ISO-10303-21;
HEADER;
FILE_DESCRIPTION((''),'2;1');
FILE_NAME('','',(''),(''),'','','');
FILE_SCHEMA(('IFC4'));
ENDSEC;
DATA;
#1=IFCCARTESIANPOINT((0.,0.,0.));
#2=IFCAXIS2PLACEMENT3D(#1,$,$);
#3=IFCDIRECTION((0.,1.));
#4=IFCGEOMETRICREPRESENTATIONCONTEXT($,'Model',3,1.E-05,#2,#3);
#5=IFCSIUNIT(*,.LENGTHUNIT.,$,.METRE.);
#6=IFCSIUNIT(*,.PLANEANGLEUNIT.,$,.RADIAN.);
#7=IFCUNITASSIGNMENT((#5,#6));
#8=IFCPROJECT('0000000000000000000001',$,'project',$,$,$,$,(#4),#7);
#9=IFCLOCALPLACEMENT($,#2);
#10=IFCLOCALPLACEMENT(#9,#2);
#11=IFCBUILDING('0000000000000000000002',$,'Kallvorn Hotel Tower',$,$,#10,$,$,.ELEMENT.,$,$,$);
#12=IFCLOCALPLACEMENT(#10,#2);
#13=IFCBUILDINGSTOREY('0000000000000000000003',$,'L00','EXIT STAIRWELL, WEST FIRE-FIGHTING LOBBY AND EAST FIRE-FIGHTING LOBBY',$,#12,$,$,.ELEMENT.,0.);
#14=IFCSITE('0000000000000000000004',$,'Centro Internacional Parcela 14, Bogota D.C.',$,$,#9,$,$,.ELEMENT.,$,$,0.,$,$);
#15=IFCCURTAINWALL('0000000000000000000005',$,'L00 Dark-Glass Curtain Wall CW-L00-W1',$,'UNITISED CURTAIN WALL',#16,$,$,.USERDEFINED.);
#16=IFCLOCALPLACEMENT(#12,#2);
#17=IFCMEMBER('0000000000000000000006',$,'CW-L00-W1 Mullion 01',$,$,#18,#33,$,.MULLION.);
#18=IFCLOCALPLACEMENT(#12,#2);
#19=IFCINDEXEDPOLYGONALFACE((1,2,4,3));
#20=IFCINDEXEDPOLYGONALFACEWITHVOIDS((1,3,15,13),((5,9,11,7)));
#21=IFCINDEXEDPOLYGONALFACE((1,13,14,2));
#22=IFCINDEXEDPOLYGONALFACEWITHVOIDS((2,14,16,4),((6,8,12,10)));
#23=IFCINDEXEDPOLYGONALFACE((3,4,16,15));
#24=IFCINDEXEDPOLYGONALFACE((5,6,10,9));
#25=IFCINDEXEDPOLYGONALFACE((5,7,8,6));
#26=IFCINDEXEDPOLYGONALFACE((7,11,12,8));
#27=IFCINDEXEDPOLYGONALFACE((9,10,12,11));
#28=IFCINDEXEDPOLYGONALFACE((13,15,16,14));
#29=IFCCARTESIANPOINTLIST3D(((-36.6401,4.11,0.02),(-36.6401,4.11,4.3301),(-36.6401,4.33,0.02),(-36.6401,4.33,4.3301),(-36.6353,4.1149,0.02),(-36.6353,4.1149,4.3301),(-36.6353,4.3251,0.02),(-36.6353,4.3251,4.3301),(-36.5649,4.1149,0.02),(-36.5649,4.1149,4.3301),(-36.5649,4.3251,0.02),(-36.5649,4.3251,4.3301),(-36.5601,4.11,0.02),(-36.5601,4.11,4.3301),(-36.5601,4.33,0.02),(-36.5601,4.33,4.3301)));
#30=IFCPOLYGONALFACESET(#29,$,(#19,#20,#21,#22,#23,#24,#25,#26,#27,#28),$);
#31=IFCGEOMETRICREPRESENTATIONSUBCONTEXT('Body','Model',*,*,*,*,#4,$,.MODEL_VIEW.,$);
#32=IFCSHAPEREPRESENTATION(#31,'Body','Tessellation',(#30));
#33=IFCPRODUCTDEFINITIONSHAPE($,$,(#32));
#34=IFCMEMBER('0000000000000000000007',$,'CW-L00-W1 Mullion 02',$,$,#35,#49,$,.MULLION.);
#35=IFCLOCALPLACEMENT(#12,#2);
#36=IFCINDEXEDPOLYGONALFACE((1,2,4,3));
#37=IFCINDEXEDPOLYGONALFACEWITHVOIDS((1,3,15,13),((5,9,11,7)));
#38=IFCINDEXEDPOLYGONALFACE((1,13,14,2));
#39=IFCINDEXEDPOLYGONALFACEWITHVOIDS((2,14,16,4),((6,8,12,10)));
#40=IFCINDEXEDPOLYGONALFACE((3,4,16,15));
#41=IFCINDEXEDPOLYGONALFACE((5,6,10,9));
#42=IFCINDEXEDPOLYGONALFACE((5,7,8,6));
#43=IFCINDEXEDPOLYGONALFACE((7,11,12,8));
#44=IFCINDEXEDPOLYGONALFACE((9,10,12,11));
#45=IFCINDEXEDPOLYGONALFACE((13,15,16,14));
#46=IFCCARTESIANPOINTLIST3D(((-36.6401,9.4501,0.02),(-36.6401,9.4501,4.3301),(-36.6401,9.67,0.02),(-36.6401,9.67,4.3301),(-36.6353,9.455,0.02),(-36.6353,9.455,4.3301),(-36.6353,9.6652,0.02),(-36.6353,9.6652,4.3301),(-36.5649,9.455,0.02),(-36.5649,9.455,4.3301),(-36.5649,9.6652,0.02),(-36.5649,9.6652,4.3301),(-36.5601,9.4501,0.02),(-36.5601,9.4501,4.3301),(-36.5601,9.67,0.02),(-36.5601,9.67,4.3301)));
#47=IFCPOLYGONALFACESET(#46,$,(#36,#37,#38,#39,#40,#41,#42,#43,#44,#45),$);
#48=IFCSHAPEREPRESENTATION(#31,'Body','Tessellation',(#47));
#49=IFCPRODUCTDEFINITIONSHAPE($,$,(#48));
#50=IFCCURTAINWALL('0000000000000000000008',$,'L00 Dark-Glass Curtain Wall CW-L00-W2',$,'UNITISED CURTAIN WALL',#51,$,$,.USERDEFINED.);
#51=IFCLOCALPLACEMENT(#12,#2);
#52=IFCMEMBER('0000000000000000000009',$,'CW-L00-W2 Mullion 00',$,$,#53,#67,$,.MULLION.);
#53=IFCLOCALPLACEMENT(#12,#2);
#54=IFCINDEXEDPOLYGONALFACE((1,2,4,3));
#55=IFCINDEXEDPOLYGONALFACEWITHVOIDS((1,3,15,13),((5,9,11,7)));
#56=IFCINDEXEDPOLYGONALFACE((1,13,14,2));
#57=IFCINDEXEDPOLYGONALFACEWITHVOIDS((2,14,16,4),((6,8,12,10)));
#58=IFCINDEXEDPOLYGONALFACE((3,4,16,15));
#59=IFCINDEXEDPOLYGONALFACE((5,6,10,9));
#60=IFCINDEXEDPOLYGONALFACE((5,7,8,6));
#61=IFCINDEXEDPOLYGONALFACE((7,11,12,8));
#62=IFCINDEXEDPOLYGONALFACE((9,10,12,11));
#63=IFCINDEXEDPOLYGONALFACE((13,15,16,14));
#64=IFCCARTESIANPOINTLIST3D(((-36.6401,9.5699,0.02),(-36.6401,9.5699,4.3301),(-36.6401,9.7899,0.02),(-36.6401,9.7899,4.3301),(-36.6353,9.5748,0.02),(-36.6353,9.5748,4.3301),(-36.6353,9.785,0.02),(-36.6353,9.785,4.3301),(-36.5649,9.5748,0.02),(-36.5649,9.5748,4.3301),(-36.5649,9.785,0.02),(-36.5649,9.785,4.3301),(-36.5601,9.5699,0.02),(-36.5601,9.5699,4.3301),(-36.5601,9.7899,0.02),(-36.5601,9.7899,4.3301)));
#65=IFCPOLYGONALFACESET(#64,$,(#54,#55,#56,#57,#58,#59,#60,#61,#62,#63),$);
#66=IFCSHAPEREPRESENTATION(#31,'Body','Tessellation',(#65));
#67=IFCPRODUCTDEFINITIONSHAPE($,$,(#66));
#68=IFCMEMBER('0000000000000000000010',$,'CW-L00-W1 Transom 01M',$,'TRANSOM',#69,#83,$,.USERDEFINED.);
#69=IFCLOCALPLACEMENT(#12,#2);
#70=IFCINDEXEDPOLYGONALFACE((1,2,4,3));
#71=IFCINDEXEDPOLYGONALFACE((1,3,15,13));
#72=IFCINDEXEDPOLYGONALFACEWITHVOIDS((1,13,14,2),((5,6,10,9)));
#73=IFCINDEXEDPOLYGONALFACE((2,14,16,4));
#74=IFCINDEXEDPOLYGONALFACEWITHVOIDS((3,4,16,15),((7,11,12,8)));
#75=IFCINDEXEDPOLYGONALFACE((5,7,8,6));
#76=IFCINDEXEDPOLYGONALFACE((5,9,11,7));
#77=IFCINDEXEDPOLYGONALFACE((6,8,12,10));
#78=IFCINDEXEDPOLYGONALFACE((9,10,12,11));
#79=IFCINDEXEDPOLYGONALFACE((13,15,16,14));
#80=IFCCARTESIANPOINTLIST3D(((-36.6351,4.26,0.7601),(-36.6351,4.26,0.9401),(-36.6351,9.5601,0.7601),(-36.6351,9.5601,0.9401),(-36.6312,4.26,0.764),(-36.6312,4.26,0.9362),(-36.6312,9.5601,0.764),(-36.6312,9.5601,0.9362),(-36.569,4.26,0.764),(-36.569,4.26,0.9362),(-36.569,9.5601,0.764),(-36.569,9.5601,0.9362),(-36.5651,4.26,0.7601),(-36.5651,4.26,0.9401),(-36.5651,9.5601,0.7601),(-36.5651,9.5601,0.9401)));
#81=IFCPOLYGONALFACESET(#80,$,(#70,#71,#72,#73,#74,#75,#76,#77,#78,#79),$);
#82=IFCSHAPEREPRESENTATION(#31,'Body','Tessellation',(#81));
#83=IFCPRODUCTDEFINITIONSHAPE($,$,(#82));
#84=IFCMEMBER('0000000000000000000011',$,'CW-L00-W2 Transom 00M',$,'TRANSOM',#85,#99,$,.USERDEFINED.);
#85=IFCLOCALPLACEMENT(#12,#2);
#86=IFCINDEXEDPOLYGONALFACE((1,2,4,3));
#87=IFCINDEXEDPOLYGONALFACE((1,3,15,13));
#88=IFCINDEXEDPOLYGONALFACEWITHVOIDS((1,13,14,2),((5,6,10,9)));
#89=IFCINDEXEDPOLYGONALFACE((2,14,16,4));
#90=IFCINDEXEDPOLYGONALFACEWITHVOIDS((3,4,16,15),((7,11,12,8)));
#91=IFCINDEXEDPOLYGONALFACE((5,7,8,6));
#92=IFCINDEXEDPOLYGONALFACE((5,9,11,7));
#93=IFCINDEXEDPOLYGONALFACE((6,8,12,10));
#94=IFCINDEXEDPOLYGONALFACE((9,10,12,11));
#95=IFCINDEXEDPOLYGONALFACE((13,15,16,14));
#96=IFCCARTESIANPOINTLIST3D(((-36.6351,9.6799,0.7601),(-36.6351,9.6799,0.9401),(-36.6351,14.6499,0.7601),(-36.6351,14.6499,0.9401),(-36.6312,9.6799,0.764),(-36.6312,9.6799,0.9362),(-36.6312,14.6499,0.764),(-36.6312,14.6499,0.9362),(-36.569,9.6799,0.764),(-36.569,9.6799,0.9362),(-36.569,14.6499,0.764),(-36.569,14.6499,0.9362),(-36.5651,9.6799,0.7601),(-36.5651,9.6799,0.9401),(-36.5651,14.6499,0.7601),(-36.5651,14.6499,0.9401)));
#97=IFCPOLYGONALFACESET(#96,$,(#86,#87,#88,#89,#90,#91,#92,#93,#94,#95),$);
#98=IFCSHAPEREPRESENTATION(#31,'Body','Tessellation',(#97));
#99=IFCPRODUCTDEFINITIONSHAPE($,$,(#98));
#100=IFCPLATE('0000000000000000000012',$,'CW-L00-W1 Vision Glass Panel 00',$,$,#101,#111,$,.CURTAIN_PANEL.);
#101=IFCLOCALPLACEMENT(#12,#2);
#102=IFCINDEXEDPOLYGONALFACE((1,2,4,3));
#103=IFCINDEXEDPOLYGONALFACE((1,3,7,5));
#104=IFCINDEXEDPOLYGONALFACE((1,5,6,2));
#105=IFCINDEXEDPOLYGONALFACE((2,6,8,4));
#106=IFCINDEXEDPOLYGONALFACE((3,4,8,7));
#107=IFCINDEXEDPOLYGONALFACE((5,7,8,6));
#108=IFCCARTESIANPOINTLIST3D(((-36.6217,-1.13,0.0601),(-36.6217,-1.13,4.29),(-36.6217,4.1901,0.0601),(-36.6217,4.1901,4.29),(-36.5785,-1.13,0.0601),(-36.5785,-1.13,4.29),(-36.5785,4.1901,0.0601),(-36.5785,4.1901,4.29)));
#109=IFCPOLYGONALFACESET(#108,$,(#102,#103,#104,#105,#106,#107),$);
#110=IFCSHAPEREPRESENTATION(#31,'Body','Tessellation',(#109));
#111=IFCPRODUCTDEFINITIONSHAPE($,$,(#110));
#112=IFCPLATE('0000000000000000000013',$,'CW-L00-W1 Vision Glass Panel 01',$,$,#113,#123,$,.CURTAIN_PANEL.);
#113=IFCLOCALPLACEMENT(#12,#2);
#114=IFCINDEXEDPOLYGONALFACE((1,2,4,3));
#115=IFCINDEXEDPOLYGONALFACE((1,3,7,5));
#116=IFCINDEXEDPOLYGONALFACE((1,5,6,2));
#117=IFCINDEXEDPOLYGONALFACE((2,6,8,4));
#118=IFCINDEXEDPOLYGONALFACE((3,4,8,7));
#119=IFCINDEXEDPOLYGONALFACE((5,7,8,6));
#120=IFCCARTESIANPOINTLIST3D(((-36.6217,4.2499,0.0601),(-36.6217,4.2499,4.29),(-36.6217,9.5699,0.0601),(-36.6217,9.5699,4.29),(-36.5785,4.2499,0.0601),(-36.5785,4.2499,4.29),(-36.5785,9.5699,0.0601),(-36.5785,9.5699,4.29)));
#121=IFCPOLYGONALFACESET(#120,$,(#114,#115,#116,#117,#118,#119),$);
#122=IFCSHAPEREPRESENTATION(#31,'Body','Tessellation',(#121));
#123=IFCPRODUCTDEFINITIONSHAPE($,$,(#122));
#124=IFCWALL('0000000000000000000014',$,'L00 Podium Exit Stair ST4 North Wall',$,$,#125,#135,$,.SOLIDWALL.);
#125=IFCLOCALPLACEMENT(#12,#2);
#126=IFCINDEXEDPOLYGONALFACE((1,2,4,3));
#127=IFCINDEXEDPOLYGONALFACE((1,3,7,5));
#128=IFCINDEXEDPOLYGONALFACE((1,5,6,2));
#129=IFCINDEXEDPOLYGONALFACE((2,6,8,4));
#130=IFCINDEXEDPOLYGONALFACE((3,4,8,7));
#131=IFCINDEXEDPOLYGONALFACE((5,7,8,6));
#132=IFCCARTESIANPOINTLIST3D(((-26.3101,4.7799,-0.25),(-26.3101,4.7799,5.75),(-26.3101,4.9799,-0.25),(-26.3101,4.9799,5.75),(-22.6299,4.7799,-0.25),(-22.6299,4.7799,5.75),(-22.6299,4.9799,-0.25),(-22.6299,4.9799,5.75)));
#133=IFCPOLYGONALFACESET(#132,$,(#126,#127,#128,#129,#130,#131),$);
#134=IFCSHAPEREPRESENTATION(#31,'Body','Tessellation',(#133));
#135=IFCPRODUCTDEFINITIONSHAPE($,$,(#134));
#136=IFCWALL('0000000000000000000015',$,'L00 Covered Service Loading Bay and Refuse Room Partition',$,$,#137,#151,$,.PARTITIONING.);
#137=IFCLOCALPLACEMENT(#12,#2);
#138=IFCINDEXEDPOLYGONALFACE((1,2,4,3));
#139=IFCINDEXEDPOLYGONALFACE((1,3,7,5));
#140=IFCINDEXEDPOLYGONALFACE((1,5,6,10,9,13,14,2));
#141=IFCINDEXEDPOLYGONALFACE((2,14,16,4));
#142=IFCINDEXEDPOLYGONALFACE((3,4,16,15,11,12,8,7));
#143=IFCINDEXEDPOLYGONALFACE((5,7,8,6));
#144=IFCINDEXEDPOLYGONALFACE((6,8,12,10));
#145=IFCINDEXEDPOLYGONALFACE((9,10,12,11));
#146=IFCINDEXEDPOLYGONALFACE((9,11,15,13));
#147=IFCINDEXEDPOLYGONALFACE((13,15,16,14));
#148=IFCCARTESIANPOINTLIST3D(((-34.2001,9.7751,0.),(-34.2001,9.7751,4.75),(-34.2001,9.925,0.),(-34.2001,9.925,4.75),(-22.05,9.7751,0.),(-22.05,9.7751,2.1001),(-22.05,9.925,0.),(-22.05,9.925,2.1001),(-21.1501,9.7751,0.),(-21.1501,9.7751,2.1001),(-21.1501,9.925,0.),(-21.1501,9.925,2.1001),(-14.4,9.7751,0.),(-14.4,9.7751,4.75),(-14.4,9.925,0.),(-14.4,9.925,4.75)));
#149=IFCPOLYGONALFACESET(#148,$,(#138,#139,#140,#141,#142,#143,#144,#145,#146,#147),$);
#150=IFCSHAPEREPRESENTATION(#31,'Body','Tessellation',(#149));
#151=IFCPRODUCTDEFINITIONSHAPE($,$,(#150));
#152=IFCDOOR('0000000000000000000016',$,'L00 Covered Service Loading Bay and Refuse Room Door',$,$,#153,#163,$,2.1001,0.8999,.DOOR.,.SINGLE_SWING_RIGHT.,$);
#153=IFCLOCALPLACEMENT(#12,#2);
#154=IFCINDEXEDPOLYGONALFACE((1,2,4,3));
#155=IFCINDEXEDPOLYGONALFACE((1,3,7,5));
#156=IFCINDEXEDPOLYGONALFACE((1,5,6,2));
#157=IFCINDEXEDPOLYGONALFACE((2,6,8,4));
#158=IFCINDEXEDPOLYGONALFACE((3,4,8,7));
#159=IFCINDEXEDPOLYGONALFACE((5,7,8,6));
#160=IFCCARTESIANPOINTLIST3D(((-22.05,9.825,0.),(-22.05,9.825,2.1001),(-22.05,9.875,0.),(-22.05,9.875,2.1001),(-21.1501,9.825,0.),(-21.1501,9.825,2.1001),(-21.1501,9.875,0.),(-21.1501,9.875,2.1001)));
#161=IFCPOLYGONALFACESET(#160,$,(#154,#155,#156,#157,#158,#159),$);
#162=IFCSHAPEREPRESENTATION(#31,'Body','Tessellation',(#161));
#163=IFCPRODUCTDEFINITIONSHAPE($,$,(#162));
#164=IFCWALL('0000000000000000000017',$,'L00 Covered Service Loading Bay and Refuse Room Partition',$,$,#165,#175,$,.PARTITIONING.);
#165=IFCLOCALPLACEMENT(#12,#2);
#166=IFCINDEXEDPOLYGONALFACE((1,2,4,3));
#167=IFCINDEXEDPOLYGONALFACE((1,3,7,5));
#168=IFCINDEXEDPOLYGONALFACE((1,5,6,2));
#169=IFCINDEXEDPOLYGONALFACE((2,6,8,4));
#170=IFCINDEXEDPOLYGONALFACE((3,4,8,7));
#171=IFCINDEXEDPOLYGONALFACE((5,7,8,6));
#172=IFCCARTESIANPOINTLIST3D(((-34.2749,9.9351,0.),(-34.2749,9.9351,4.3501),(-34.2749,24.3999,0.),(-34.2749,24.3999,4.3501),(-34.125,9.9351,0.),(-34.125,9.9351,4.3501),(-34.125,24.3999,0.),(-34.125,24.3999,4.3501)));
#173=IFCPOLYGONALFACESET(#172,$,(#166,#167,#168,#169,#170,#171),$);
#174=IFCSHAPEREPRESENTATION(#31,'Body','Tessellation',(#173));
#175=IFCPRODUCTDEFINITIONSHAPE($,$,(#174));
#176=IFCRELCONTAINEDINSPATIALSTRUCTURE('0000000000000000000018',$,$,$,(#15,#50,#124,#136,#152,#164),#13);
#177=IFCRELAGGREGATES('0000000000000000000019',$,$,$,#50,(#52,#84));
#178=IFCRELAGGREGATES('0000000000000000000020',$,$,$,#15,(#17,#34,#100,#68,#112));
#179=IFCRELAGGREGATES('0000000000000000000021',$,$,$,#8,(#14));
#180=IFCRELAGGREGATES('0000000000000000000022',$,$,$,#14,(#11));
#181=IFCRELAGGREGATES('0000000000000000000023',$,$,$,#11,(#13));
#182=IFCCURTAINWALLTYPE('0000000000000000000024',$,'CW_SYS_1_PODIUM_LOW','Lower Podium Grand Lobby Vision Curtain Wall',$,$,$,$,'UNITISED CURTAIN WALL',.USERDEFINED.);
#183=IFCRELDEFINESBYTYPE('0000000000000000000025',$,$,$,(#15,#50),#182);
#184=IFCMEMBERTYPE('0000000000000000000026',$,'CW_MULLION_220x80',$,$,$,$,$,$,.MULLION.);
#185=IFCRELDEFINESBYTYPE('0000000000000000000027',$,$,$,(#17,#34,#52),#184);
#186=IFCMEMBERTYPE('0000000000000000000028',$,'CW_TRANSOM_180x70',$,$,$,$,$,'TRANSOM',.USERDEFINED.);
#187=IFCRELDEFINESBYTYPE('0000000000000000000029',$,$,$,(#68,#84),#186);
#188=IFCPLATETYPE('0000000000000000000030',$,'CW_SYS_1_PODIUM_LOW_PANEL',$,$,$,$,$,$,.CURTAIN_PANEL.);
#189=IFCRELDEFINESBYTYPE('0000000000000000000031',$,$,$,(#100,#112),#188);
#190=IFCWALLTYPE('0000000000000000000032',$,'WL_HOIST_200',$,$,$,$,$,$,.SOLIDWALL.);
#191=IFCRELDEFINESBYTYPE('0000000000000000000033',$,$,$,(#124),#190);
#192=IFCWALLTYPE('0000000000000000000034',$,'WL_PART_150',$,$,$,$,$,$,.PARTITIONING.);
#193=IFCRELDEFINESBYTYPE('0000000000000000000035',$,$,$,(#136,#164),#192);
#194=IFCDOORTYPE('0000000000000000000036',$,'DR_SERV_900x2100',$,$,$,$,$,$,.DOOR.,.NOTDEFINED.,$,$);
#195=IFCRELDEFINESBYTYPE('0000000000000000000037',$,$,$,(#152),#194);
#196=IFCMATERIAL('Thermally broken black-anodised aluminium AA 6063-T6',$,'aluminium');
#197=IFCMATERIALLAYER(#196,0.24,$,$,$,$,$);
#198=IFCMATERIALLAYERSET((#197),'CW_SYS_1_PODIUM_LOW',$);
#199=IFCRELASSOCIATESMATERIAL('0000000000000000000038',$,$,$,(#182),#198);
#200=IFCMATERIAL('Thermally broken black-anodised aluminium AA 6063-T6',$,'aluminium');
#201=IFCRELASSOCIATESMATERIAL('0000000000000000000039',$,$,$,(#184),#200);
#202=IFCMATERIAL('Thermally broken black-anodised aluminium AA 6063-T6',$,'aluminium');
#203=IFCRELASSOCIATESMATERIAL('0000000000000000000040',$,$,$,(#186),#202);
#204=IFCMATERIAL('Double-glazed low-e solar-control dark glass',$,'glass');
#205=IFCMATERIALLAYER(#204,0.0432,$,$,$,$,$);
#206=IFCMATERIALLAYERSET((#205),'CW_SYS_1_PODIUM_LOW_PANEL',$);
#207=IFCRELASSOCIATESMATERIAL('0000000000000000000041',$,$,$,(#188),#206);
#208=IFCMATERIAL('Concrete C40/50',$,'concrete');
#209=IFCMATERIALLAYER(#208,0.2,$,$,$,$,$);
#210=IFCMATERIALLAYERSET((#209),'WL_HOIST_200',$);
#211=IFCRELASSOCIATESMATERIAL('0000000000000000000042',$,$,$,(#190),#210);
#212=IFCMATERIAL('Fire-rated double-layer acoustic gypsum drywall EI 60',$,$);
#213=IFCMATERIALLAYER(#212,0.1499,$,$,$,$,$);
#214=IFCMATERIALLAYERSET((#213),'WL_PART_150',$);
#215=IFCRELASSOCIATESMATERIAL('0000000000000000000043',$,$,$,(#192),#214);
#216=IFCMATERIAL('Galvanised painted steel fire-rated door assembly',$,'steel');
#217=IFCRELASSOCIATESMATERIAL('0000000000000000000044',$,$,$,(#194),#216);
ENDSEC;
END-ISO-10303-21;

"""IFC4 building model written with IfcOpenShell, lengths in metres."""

from ifc_helpers import new_model, si_unit, direction, frame, frame_2d, origin, origin_2d, place, context, subcontext, project, spatial, rectangle, hollow_rectangle, extrude, material, layer, layer_set, material_profile, profile_set, type_object, element, fill, aggregate, save


model = new_model("IFC4")

# Units and contexts
model_context = context("Model", 3, precision=1e-05, world=origin(), true_north=direction((0.0, 1.0)))
body_context = subcontext(model_context, "Body", "Model", "MODEL_VIEW")
ifc_project = project(units=[si_unit("LENGTHUNIT", "METRE"), si_unit("PLANEANGLEUNIT", "RADIAN")], contexts=[model_context])

# Site, building, storey
site_placement = place(None, origin())
site = spatial("IfcSite", under=ifc_project, at=site_placement, Name="Centro Internacional Parcela 14, Bogota D.C.", CompositionType="ELEMENT", RefElevation=0.0)
building_placement = place(site_placement, origin())
building = spatial("IfcBuilding", under=site, at=building_placement, Name="Kallvorn Hotel Tower", CompositionType="ELEMENT")
storey_placement = place(building_placement, origin())
storey = spatial("IfcBuildingStorey", under=building, at=storey_placement, Name="L00", Description="EXIT STAIRWELL, WEST FIRE-FIGHTING LOBBY AND EAST FIRE-FIGHTING LOBBY", CompositionType="ELEMENT", Elevation=0.0)

# Curtain wall, members
ifc_material_1 = material(Name="Thermally broken black-anodised aluminium AA 6063-T6", Category="aluminium")
ifc_layer_1 = layer(ifc_material_1, 0.24)
ifc_layer_set_1 = layer_set([ifc_layer_1], Name="CW_SYS_1_PODIUM_LOW")
curtain_wall_type = type_object("IfcCurtainWallType", Name="CW_SYS_1_PODIUM_LOW", Description="Lower Podium Grand Lobby Vision Curtain Wall", ElementType="UNITISED CURTAIN WALL", PredefinedType="USERDEFINED", material=ifc_layer_set_1)
curtain_wall_1_placement = place(storey_placement, origin())
curtain_wall_1 = element("IfcCurtainWall", 1, at=curtain_wall_1_placement, inside=storey, type_object=curtain_wall_type, Name="L00 Dark-Glass Curtain Wall CW-L00-W1", ObjectType="UNITISED CURTAIN WALL", PredefinedType="USERDEFINED")
ifc_material_2 = material(Name="Thermally broken black-anodised aluminium AA 6063-T6", Category="aluminium")
ifc_material_profile_1 = material_profile(ifc_material_2, hollow_rectangle(XDim=0.0801, YDim=0.22, WallThickness=0.0049, at=origin_2d()), Name="MUL 220x80")
ifc_profile_set_1 = profile_set([ifc_material_profile_1], Name="Thermally broken black-anodised aluminium AA 6063-T6")
member_type_1 = type_object("IfcMemberType", Name="CW_MULLION_220x80", PredefinedType="MULLION", material=ifc_profile_set_1)
member_1_placement = place(storey_placement, frame((-36.6001, 4.22, 0.02), z_axis=(0.0, 0.0, 1.0), x_axis=(1.0, 0.0, 0.0)))
member_1 = element("IfcMember", 2, at=member_1_placement, type_object=member_type_1, Name="CW-L00-W1 Mullion 01", PredefinedType="MULLION", context=body_context, shape_type="SweptSolid", body=[
    extrude(hollow_rectangle(XDim=0.0801, YDim=0.22, WallThickness=0.0049, at=origin_2d()), origin(), (0.0, 0.0, 1.0), 4.3101),
])
member_2_placement = place(storey_placement, frame((-36.6001, 9.5601, 0.02), z_axis=(0.0, 0.0, 1.0), x_axis=(1.0, 0.0, 0.0)))
member_2 = element("IfcMember", 3, at=member_2_placement, type_object=member_type_1, Name="CW-L00-W1 Mullion 02", PredefinedType="MULLION", context=body_context, shape_type="SweptSolid", body=[
    extrude(hollow_rectangle(XDim=0.0801, YDim=0.22, WallThickness=0.0049, at=origin_2d()), origin(), (0.0, 0.0, 1.0), 4.3101),
])

# Curtain wall, member
curtain_wall_2_placement = place(storey_placement, origin())
curtain_wall_2 = element("IfcCurtainWall", 4, at=curtain_wall_2_placement, inside=storey, type_object=curtain_wall_type, Name="L00 Dark-Glass Curtain Wall CW-L00-W2", ObjectType="UNITISED CURTAIN WALL", PredefinedType="USERDEFINED")
member_3_placement = place(storey_placement, frame((-36.6001, 9.6799, 0.02), z_axis=(0.0, 0.0, 1.0), x_axis=(1.0, 0.0, 0.0)))
member_3 = element("IfcMember", 5, at=member_3_placement, type_object=member_type_1, Name="CW-L00-W2 Mullion 00", PredefinedType="MULLION", context=body_context, shape_type="SweptSolid", body=[
    extrude(hollow_rectangle(XDim=0.0801, YDim=0.22, WallThickness=0.0049, at=origin_2d()), origin(), (0.0, 0.0, 1.0), 4.3101),
])

# Members
ifc_material_3 = material(Name="Thermally broken black-anodised aluminium AA 6063-T6", Category="aluminium")
ifc_material_profile_2 = material_profile(ifc_material_3, hollow_rectangle(XDim=0.0701, YDim=0.1799, WallThickness=0.0039, at=origin_2d()), Name="TRN 180x70")
ifc_profile_set_2 = profile_set([ifc_material_profile_2], Name="Thermally broken black-anodised aluminium AA 6063-T6")
member_type_2 = type_object("IfcMemberType", Name="CW_TRANSOM_180x70", ElementType="TRANSOM", PredefinedType="USERDEFINED", material=ifc_profile_set_2)
member_4_placement = place(storey_placement, frame((-36.6001, 4.26, 0.8501), z_axis=(0.0, 1.0, 0.0), x_axis=(-1.0, 0.0, 0.0)))
member_4 = element("IfcMember", 6, at=member_4_placement, type_object=member_type_2, Name="CW-L00-W1 Transom 01M", ObjectType="TRANSOM", PredefinedType="USERDEFINED", context=body_context, shape_type="SweptSolid", body=[
    extrude(hollow_rectangle(XDim=0.0701, YDim=0.1799, WallThickness=0.0039, at=origin_2d()), origin(), (0.0, 0.0, 1.0), 5.3),
])
member_5_placement = place(storey_placement, frame((-36.6001, 9.6799, 0.8501), z_axis=(0.0, 1.0, 0.0), x_axis=(-1.0, 0.0, 0.0)))
member_5 = element("IfcMember", 7, at=member_5_placement, type_object=member_type_2, Name="CW-L00-W2 Transom 00M", ObjectType="TRANSOM", PredefinedType="USERDEFINED", context=body_context, shape_type="SweptSolid", body=[
    extrude(hollow_rectangle(XDim=0.0701, YDim=0.1799, WallThickness=0.0039, at=origin_2d()), origin(), (0.0, 0.0, 1.0), 4.97),
])
aggregate(curtain_wall_2, [member_3, member_5])

# Plates
ifc_material_4 = material(Name="Double-glazed low-e solar-control dark glass", Category="glass")
ifc_layer_2 = layer(ifc_material_4, 0.0432)
ifc_layer_set_2 = layer_set([ifc_layer_2], Name="CW_SYS_1_PODIUM_LOW_PANEL")
plate_type = type_object("IfcPlateType", Name="CW_SYS_1_PODIUM_LOW_PANEL", PredefinedType="CURTAIN_PANEL", material=ifc_layer_set_2)
plate_1_placement = place(storey_placement, frame((-36.6001, 1.53, 0.0601), z_axis=(0.0, 0.0, 1.0), x_axis=(0.0, 1.0, 0.0)))
plate_1 = element("IfcPlate", 8, at=plate_1_placement, type_object=plate_type, Name="CW-L00-W1 Vision Glass Panel 00", PredefinedType="CURTAIN_PANEL", context=body_context, shape_type="SweptSolid", body=[
    extrude(rectangle(XDim=5.3201, YDim=0.0432, at=origin_2d()), origin(), (0.0, 0.0, 1.0), 4.23),
])
plate_2_placement = place(storey_placement, frame((-36.6001, 6.9099, 0.0601), z_axis=(0.0, 0.0, 1.0), x_axis=(0.0, 1.0, 0.0)))
plate_2 = element("IfcPlate", 9, at=plate_2_placement, type_object=plate_type, Name="CW-L00-W1 Vision Glass Panel 01", PredefinedType="CURTAIN_PANEL", context=body_context, shape_type="SweptSolid", body=[
    extrude(rectangle(XDim=5.3201, YDim=0.0432, at=origin_2d()), origin(), (0.0, 0.0, 1.0), 4.23),
])
aggregate(curtain_wall_1, [member_1, member_2, plate_1, member_4, plate_2])

# Wall
ifc_material_5 = material(Name="Concrete C40/50", Category="concrete")
ifc_layer_3 = layer(ifc_material_5, 0.2)
ifc_layer_set_3 = layer_set([ifc_layer_3], Name="WL_HOIST_200")
wall_type_1 = type_object("IfcWallType", Name="WL_HOIST_200", PredefinedType="SOLIDWALL", material=ifc_layer_set_3)
wall_1_placement = place(storey_placement, frame((-26.3101, 4.8799, -0.25), z_axis=(0.0, 0.0, 1.0), x_axis=(1.0, 0.0, 0.0)))
element("IfcWall", 10, at=wall_1_placement, inside=storey, type_object=wall_type_1, Name="L00 Podium Exit Stair ST4 North Wall", PredefinedType="SOLIDWALL", context=body_context, shape_type="SweptSolid", body=[
    extrude(rectangle(XDim=3.6802, YDim=0.2, at=frame_2d((1.8401, 0.0))), origin(), (0.0, 0.0, 1.0), 6.0),
])

# Wall, opening, door
ifc_material_6 = material(Name="Fire-rated double-layer acoustic gypsum drywall EI 60")
ifc_layer_4 = layer(ifc_material_6, 0.1499)
ifc_layer_set_4 = layer_set([ifc_layer_4], Name="WL_PART_150")
wall_type_2 = type_object("IfcWallType", Name="WL_PART_150", PredefinedType="PARTITIONING", material=ifc_layer_set_4)
wall_2_placement = place(storey_placement, frame((-34.2, 9.8501, 0.0), z_axis=(0.0, 0.0, 1.0), x_axis=(1.0, 0.0, 0.0)))
wall_2 = element("IfcWall", 11, at=wall_2_placement, inside=storey, type_object=wall_type_2, Name="L00 Covered Service Loading Bay and Refuse Room Partition", PredefinedType="PARTITIONING", context=body_context, shape_type="SweptSolid", body=[
    extrude(rectangle(XDim=19.8, YDim=0.1499, at=frame_2d((9.8999, 0.0))), origin(), (0.0, 0.0, 1.0), 4.75),
])
opening_placement = place(wall_2_placement, frame((12.1499, 0.0, 0.0)))
opening = element("IfcOpeningElement", 12, at=opening_placement, cuts=wall_2, PredefinedType="OPENING", context=body_context, shape_type="SweptSolid", body=[
    extrude(rectangle(XDim=0.8999, YDim=2.1001, at=frame_2d((0.45, 1.05))), frame((0.0, 0.0898, 0.0), z_axis=(0.0, -1.0, 0.0), x_axis=(1.0, 0.0, 0.0)), (0.0, 0.0, 1.0), 0.1799),
])
ifc_material_7 = material(Name="Galvanised painted steel fire-rated door assembly", Category="steel")
door_type = type_object("IfcDoorType", Name="DR_SERV_900x2100", OperationType="NOTDEFINED", PredefinedType="DOOR", material=ifc_material_7)
door_placement = place(opening_placement, origin())
door = element("IfcDoor", 13, at=door_placement, inside=storey, type_object=door_type, Name="L00 Covered Service Loading Bay and Refuse Room Door", OperationType="SINGLE_SWING_RIGHT", OverallHeight=2.1001, OverallWidth=0.8999, PredefinedType="DOOR", context=body_context, shape_type="SweptSolid", body=[
    extrude(rectangle(XDim=0.8999, YDim=2.1001, at=frame_2d((0.45, 1.05))), frame((0.0, 0.0249, 0.0), z_axis=(0.0, -1.0, 0.0), x_axis=(1.0, 0.0, 0.0)), (0.0, 0.0, 1.0), 0.05),
])
fill(opening, door)

# Wall
wall_3_placement = place(storey_placement, frame((-34.2, 9.9351, 0.0), z_axis=(0.0, 0.0, 1.0), x_axis=(0.0, 1.0, 0.0)))
element("IfcWall", 14, at=wall_3_placement, inside=storey, type_object=wall_type_2, Name="L00 Covered Service Loading Bay and Refuse Room Partition", PredefinedType="PARTITIONING", context=body_context, shape_type="SweptSolid", body=[
    extrude(rectangle(XDim=14.4648, YDim=0.1499, at=frame_2d((7.2324, 0.0))), origin(), (0.0, 0.0, 1.0), 4.3501),
])

save(model, "model.ifc")
